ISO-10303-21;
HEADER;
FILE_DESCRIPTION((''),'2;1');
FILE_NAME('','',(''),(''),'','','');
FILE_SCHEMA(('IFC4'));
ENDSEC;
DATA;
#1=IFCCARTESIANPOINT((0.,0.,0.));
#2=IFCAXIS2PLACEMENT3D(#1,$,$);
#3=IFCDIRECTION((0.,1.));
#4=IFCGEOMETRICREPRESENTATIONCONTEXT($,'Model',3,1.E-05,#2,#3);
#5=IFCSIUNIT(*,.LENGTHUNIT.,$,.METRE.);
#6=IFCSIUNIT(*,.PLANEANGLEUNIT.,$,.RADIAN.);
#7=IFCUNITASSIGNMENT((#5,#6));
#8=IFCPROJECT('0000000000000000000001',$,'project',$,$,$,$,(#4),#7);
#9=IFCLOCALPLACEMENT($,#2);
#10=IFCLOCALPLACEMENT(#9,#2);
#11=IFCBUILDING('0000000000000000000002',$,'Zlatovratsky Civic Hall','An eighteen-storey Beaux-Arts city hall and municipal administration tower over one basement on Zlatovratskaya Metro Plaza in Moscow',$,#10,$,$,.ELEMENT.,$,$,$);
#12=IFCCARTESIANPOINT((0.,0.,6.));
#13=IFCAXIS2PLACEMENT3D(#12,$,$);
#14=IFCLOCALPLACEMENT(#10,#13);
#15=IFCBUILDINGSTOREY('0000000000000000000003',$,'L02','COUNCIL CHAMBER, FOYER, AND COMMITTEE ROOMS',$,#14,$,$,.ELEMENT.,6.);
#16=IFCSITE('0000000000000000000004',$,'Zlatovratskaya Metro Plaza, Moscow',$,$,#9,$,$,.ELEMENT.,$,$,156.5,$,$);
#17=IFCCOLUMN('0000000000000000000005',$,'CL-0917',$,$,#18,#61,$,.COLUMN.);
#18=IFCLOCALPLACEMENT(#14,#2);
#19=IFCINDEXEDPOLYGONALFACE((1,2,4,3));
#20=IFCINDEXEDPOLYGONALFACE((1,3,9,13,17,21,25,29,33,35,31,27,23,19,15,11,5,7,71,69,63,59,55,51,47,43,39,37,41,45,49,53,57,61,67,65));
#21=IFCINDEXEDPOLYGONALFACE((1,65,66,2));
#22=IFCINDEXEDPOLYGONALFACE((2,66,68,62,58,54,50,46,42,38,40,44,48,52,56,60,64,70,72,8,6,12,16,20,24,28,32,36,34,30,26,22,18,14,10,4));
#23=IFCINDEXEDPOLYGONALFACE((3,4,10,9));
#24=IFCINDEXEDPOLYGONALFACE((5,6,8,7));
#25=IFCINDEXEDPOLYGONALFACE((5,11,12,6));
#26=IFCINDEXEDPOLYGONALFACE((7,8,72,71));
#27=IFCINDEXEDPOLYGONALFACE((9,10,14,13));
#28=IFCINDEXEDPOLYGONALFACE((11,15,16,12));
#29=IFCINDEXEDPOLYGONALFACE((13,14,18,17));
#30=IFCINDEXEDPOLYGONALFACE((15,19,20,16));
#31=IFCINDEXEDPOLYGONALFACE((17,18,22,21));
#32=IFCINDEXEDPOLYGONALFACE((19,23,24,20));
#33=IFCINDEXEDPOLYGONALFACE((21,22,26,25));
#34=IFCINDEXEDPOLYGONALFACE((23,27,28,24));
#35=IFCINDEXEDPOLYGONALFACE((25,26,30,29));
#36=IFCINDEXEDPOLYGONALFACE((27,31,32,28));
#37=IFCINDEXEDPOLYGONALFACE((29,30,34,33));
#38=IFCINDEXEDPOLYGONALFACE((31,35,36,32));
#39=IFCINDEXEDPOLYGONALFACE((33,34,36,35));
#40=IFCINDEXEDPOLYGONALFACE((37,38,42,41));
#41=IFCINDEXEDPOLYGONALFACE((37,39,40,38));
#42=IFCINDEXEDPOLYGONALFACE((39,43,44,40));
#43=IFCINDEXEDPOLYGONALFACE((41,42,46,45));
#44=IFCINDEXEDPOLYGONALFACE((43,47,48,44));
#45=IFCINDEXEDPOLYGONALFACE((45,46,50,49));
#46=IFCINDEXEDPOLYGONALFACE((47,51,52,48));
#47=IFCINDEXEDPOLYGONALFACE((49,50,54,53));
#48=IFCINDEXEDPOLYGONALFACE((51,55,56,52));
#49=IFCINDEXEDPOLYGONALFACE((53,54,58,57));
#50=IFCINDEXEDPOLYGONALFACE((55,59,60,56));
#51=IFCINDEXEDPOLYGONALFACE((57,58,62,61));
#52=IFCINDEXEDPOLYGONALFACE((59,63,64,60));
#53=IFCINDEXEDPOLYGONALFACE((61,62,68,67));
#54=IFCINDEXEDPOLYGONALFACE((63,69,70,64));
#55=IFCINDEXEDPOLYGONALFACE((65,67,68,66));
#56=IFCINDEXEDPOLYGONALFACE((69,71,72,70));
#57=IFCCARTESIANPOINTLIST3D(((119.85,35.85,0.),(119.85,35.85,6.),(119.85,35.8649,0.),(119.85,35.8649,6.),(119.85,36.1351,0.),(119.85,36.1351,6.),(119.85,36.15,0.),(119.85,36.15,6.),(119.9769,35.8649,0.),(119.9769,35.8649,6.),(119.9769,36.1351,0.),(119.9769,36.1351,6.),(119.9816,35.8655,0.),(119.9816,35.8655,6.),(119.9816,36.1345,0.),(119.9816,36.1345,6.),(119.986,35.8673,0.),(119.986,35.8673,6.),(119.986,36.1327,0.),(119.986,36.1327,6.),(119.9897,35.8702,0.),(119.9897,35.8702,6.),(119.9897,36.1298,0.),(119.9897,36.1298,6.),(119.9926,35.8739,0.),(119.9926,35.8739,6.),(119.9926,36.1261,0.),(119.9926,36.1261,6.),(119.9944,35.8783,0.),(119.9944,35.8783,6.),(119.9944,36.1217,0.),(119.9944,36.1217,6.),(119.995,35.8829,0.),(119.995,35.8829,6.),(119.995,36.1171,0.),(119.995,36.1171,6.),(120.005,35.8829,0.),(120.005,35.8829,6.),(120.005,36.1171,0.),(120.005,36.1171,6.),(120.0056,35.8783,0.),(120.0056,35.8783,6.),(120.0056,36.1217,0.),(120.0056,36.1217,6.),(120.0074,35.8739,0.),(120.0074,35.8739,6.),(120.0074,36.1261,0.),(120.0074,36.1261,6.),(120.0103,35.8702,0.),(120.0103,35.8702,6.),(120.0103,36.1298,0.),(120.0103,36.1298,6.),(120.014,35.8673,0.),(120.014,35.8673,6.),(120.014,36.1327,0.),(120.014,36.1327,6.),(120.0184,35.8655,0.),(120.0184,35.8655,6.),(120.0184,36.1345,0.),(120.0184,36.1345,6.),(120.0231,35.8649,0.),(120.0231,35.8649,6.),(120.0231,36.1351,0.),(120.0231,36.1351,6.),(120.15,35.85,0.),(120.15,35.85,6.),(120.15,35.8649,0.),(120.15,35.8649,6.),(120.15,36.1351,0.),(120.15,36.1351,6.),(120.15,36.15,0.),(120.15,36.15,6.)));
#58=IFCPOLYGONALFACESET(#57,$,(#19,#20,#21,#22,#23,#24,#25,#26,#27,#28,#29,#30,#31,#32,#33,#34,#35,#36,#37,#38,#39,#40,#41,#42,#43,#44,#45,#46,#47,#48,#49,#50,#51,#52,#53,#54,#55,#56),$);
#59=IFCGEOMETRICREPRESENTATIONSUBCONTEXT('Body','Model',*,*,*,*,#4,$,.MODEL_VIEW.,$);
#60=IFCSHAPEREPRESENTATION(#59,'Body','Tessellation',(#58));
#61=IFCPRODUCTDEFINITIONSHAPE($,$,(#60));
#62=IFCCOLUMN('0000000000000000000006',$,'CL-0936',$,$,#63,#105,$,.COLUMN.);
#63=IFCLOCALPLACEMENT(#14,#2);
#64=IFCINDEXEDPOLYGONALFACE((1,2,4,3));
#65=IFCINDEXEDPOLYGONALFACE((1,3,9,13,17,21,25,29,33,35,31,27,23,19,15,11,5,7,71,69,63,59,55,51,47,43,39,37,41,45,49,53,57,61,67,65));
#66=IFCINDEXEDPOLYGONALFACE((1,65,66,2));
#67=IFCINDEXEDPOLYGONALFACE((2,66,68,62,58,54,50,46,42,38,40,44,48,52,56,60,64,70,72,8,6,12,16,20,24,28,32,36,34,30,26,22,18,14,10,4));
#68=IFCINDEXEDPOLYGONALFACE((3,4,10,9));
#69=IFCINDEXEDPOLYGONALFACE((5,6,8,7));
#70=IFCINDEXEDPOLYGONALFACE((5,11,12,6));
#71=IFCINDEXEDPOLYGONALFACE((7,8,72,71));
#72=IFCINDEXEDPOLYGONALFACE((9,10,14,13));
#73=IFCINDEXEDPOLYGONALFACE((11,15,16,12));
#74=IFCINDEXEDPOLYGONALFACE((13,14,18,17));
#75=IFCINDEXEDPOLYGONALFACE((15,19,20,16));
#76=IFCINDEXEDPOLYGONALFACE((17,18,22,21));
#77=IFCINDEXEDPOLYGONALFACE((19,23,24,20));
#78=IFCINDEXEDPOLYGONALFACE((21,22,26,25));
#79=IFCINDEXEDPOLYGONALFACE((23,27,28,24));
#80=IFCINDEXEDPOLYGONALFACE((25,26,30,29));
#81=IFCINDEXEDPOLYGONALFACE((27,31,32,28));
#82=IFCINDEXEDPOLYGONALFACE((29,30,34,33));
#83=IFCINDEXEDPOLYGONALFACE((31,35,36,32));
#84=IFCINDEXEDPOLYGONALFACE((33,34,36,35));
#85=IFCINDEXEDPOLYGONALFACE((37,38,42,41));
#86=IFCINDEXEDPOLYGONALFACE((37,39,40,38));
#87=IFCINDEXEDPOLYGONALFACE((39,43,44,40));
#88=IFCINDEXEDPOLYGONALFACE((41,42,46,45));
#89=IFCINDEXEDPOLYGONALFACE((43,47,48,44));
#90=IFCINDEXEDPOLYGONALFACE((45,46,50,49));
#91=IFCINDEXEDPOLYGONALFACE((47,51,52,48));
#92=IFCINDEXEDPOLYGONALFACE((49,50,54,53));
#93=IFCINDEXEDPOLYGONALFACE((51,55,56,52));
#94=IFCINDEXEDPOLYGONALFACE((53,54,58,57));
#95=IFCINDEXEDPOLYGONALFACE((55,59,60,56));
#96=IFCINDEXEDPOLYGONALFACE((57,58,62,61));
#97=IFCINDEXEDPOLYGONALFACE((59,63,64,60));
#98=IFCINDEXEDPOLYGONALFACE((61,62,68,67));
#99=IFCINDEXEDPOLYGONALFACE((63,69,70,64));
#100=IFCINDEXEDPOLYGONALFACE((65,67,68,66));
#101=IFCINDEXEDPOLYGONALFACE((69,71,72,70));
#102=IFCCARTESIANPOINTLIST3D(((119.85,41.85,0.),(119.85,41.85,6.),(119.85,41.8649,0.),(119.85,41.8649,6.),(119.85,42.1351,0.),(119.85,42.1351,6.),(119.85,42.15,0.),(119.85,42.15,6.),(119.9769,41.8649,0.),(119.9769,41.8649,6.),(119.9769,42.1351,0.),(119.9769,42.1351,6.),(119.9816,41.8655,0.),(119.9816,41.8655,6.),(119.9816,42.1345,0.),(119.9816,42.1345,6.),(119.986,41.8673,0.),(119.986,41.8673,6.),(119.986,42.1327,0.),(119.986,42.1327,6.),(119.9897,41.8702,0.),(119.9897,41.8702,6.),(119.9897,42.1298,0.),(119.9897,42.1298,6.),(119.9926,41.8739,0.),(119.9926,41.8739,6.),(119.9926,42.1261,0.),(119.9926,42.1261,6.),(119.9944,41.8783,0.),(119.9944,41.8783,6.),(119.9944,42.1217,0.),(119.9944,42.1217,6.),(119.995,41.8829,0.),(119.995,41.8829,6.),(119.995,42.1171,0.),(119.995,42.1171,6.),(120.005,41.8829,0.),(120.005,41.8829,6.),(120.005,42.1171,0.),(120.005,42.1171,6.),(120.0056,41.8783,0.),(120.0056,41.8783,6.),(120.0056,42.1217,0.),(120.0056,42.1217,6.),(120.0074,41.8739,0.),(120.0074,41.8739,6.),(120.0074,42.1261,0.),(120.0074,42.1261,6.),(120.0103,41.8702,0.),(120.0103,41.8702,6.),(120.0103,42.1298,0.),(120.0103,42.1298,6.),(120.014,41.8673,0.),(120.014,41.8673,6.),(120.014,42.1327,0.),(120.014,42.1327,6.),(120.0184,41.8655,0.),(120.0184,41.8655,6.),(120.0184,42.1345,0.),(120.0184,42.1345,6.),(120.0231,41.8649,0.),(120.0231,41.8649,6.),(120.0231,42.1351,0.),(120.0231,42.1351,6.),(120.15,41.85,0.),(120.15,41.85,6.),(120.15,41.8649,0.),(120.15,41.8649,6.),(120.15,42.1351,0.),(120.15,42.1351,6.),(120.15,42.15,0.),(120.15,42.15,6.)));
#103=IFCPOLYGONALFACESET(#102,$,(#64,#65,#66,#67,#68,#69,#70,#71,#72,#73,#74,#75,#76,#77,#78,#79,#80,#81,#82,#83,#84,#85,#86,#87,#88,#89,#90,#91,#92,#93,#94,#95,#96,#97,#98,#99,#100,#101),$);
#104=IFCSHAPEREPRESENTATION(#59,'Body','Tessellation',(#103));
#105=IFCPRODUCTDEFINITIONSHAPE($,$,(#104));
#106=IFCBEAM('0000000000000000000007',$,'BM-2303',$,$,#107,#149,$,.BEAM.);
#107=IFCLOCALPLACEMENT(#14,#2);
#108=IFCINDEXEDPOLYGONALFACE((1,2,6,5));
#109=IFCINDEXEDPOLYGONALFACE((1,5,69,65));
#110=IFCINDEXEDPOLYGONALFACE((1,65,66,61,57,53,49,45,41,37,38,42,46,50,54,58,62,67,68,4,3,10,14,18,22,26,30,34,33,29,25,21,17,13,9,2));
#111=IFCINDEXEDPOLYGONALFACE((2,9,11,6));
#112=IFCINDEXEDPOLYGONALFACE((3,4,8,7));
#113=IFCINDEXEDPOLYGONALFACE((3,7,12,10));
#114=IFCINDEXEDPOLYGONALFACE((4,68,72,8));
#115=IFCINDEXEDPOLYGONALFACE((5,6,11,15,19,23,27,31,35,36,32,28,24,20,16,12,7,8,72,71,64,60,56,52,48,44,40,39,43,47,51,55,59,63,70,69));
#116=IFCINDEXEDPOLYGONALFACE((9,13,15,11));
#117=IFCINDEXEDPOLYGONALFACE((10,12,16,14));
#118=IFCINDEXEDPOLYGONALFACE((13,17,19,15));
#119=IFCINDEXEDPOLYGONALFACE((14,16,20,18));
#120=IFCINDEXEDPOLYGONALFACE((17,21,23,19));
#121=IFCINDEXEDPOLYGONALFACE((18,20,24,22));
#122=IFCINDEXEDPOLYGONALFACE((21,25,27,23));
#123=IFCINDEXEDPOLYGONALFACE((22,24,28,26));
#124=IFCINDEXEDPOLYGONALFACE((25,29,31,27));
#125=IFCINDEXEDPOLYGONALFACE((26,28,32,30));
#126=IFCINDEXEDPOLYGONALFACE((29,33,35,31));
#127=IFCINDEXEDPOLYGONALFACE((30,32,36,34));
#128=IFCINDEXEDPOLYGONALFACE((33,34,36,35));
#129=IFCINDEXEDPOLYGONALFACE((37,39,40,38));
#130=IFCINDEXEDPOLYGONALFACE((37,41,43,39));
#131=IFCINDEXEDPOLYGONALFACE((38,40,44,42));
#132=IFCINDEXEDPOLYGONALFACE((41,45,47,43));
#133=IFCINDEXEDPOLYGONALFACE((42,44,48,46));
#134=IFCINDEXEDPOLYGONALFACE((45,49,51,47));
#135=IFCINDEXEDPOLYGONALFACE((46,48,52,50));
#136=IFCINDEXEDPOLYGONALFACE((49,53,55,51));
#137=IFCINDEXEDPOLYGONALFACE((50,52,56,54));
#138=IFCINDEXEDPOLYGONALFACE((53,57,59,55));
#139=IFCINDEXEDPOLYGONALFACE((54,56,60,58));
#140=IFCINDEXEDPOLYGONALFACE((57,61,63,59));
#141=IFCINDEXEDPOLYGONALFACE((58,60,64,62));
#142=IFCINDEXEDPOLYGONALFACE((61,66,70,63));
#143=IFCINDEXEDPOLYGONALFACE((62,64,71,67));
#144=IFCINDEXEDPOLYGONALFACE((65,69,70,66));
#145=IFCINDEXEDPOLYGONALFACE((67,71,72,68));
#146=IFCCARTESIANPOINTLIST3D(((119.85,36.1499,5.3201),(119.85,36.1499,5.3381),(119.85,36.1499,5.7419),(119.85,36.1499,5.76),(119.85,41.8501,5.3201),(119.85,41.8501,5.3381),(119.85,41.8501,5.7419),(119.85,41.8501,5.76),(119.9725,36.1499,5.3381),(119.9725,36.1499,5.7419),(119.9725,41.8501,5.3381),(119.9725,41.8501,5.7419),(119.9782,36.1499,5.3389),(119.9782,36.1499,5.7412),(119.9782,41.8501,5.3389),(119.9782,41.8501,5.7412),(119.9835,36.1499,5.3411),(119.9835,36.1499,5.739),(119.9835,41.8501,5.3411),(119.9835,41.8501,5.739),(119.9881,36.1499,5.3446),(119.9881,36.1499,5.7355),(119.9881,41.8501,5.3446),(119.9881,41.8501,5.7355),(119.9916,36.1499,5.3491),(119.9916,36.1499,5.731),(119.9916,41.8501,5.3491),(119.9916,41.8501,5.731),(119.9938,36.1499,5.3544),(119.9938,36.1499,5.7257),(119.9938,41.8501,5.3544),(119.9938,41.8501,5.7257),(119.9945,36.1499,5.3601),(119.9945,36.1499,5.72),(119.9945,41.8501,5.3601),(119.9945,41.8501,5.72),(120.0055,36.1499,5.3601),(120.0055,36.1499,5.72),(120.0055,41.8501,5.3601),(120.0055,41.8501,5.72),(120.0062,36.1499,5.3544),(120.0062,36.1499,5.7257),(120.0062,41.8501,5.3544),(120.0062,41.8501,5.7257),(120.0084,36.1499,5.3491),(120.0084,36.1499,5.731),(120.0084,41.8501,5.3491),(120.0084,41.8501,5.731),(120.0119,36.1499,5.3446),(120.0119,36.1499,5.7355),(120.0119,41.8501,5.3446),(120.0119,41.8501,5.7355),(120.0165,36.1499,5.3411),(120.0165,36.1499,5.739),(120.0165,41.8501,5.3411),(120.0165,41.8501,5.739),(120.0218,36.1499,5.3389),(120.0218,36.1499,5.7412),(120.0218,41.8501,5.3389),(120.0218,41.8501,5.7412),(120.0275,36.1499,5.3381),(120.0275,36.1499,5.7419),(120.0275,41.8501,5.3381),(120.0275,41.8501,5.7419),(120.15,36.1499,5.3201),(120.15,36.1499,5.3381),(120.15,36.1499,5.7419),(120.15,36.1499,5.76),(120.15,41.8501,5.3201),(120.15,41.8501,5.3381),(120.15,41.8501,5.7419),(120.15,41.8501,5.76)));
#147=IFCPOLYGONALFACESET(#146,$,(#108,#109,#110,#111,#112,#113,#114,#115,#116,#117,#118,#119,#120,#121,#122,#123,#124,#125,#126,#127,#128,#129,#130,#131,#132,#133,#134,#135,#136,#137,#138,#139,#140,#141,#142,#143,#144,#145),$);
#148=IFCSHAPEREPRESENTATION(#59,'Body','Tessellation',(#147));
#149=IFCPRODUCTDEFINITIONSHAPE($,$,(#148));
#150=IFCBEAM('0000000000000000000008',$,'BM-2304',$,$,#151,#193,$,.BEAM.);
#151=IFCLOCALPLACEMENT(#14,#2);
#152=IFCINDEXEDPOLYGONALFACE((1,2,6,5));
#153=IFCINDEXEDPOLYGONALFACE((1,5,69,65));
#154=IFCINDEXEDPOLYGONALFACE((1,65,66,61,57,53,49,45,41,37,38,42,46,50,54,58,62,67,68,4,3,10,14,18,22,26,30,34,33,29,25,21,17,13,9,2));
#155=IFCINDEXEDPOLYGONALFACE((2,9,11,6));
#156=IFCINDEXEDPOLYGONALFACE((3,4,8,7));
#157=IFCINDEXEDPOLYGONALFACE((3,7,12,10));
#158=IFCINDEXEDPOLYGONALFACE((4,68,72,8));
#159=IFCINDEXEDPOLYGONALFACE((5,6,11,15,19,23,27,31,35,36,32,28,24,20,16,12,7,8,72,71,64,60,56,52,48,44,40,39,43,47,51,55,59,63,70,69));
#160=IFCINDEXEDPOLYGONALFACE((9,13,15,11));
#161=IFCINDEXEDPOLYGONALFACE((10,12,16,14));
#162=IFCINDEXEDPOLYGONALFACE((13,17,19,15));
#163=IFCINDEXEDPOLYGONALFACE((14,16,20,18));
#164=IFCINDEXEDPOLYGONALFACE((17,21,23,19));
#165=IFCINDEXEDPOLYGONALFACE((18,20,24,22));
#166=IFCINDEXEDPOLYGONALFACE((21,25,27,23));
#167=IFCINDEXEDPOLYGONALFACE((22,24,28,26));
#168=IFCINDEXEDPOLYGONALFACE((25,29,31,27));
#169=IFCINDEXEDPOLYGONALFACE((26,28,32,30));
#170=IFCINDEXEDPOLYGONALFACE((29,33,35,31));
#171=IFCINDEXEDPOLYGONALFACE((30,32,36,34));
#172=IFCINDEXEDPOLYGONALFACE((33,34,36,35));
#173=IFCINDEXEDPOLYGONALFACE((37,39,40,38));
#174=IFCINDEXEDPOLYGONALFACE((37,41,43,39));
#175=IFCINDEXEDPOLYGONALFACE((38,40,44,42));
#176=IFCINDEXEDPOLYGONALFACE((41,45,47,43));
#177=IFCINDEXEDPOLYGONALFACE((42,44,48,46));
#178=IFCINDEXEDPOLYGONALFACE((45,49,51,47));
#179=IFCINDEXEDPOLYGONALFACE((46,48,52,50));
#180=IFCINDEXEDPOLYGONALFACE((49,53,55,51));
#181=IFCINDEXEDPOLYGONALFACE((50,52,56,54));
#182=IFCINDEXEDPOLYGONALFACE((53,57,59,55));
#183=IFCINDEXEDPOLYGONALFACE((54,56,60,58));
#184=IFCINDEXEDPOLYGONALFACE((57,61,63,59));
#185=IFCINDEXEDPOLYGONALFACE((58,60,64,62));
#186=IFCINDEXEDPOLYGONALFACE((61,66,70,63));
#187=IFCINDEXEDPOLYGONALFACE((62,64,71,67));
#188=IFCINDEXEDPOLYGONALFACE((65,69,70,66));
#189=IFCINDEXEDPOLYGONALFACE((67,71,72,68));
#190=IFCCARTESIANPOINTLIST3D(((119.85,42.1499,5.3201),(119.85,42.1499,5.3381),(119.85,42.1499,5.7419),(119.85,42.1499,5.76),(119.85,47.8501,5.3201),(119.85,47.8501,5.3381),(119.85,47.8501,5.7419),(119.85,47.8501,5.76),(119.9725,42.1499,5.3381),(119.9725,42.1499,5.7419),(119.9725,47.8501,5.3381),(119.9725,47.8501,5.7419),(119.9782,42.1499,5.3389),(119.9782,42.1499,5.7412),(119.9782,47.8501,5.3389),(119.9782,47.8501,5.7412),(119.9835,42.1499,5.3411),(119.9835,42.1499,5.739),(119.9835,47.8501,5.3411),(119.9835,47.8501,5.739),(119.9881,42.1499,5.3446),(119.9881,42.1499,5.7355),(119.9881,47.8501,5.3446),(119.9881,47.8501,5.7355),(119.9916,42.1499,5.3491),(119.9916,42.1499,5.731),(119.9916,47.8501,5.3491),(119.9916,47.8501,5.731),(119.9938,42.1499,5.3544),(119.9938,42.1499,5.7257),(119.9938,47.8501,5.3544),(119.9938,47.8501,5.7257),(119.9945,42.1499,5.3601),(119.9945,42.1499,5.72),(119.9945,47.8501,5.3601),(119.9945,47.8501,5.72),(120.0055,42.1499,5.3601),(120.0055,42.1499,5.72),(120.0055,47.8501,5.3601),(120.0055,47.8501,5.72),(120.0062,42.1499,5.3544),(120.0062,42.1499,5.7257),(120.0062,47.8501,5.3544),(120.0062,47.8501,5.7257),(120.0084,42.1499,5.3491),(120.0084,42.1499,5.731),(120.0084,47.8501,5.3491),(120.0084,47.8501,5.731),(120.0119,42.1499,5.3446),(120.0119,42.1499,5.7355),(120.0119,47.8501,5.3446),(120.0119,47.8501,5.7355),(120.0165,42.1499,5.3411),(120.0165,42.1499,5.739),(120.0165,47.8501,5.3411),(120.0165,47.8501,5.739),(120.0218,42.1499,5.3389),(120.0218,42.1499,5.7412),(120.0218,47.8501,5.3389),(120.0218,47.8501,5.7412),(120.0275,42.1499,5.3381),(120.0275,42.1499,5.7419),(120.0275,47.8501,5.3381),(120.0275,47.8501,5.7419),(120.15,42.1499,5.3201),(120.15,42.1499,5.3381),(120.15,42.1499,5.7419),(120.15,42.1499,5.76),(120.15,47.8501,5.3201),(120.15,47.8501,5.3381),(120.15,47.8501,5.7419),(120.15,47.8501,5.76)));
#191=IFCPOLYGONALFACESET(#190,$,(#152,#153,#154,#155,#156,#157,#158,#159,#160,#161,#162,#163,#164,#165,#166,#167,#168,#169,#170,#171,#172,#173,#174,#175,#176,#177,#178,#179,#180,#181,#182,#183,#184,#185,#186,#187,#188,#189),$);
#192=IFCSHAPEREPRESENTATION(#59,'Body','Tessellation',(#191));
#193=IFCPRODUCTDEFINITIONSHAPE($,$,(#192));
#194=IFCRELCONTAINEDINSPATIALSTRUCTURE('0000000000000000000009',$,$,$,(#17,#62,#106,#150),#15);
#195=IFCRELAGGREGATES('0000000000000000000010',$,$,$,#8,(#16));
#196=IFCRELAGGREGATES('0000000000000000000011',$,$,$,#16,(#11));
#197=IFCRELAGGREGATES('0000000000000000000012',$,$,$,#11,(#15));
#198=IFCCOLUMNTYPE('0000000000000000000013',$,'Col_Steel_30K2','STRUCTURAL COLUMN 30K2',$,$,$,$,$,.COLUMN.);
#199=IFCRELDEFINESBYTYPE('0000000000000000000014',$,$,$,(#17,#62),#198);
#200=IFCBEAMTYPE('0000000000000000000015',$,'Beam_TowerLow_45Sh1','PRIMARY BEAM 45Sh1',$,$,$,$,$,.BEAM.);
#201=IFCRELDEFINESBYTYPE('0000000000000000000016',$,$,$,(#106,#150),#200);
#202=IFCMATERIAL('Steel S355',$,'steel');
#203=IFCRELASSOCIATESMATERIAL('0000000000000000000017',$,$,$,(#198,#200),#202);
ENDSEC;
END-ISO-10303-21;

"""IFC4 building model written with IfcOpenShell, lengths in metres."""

from ifc_helpers import new_model, si_unit, direction, frame, origin, origin_2d, place, context, subcontext, project, spatial, i_section, extrude, material, material_profile, profile_set, type_object, element, save


model = new_model("IFC4")

# Units and contexts
model_context = context("Model", 3, precision=1e-05, world=origin(), true_north=direction((0.0, 1.0)))
body_context = subcontext(model_context, "Body", "Model", "MODEL_VIEW")
ifc_project = project(units=[si_unit("LENGTHUNIT", "METRE"), si_unit("PLANEANGLEUNIT", "RADIAN")], contexts=[model_context])

# Site, building, storey
site_placement = place(None, origin())
site = spatial("IfcSite", under=ifc_project, at=site_placement, Name="Zlatovratskaya Metro Plaza, Moscow", CompositionType="ELEMENT", RefElevation=156.5)
building_placement = place(site_placement, origin())
building = spatial("IfcBuilding", under=site, at=building_placement, Name="Zlatovratsky Civic Hall", Description="An eighteen-storey Beaux-Arts city hall and municipal administration tower over one basement on Zlatovratskaya Metro Plaza in Moscow", CompositionType="ELEMENT")
storey_placement = place(building_placement, frame((0.0, 0.0, 6.0)))
storey = spatial("IfcBuildingStorey", under=building, at=storey_placement, Name="L02", Description="COUNCIL CHAMBER, FOYER, AND COMMITTEE ROOMS", CompositionType="ELEMENT", Elevation=6.0)

# Columns
ifc_material_1 = material(Name="Steel S355", Category="steel")
ifc_material_profile_1 = material_profile(ifc_material_1, i_section(OverallWidth=0.3, OverallDepth=0.3, WebThickness=0.01, FlangeThickness=0.0149, FilletRadius=0.0181, at=origin_2d()), Name="30K2")
ifc_profile_set_1 = profile_set([ifc_material_profile_1], Name="Steel S355")
column_type = type_object("IfcColumnType", Name="Col_Steel_30K2", Description="STRUCTURAL COLUMN 30K2", PredefinedType="COLUMN", material=ifc_profile_set_1)
for number, where, z_axis, x_axis, name in (
    (1, (120.0, 36.0, 0.0), (0.0, 0.0, 1.0), (1.0, 0.0, 0.0), "CL-0917"),
    (2, (120.0, 42.0, 0.0), (0.0, 0.0, 1.0), (1.0, 0.0, 0.0), "CL-0936"),
):
    element("IfcColumn", number, at=place(storey_placement, frame(where, z_axis=z_axis, x_axis=x_axis)), inside=storey, type_object=column_type, Name=name, PredefinedType="COLUMN", context=body_context, shape_type="SweptSolid", body=[
        extrude(i_section(OverallWidth=0.3, OverallDepth=0.3, WebThickness=0.01, FlangeThickness=0.0149, FilletRadius=0.0181, at=origin_2d()), origin(), (0.0, 0.0, 1.0), 6.0),
    ])

# Beams
ifc_material_profile_2 = material_profile(ifc_material_1, i_section(OverallWidth=0.3, OverallDepth=0.4399, WebThickness=0.011, FlangeThickness=0.0181, FilletRadius=0.022, at=origin_2d()), Name="45Sh1")
ifc_profile_set_2 = profile_set([ifc_material_profile_2], Name="Steel S355")
beam_type = type_object("IfcBeamType", Name="Beam_TowerLow_45Sh1", Description="PRIMARY BEAM 45Sh1", PredefinedType="BEAM", material=ifc_profile_set_2)
for number, where, z_axis, x_axis, name in (
    (3, (120.0, 36.1499, 5.54), (0.0, 1.0, 0.0), (-1.0, 0.0, 0.0), "BM-2303"),
    (4, (120.0, 42.1499, 5.54), (0.0, 1.0, 0.0), (-1.0, 0.0, 0.0), "BM-2304"),
):
    element("IfcBeam", number, at=place(storey_placement, frame(where, z_axis=z_axis, x_axis=x_axis)), inside=storey, type_object=beam_type, Name=name, PredefinedType="BEAM", context=body_context, shape_type="SweptSolid", body=[
        extrude(i_section(OverallWidth=0.3, OverallDepth=0.4399, WebThickness=0.011, FlangeThickness=0.0181, FilletRadius=0.022, at=origin_2d()), origin(), (0.0, 0.0, 1.0), 5.7002),
    ])

save(model, "model.ifc")
